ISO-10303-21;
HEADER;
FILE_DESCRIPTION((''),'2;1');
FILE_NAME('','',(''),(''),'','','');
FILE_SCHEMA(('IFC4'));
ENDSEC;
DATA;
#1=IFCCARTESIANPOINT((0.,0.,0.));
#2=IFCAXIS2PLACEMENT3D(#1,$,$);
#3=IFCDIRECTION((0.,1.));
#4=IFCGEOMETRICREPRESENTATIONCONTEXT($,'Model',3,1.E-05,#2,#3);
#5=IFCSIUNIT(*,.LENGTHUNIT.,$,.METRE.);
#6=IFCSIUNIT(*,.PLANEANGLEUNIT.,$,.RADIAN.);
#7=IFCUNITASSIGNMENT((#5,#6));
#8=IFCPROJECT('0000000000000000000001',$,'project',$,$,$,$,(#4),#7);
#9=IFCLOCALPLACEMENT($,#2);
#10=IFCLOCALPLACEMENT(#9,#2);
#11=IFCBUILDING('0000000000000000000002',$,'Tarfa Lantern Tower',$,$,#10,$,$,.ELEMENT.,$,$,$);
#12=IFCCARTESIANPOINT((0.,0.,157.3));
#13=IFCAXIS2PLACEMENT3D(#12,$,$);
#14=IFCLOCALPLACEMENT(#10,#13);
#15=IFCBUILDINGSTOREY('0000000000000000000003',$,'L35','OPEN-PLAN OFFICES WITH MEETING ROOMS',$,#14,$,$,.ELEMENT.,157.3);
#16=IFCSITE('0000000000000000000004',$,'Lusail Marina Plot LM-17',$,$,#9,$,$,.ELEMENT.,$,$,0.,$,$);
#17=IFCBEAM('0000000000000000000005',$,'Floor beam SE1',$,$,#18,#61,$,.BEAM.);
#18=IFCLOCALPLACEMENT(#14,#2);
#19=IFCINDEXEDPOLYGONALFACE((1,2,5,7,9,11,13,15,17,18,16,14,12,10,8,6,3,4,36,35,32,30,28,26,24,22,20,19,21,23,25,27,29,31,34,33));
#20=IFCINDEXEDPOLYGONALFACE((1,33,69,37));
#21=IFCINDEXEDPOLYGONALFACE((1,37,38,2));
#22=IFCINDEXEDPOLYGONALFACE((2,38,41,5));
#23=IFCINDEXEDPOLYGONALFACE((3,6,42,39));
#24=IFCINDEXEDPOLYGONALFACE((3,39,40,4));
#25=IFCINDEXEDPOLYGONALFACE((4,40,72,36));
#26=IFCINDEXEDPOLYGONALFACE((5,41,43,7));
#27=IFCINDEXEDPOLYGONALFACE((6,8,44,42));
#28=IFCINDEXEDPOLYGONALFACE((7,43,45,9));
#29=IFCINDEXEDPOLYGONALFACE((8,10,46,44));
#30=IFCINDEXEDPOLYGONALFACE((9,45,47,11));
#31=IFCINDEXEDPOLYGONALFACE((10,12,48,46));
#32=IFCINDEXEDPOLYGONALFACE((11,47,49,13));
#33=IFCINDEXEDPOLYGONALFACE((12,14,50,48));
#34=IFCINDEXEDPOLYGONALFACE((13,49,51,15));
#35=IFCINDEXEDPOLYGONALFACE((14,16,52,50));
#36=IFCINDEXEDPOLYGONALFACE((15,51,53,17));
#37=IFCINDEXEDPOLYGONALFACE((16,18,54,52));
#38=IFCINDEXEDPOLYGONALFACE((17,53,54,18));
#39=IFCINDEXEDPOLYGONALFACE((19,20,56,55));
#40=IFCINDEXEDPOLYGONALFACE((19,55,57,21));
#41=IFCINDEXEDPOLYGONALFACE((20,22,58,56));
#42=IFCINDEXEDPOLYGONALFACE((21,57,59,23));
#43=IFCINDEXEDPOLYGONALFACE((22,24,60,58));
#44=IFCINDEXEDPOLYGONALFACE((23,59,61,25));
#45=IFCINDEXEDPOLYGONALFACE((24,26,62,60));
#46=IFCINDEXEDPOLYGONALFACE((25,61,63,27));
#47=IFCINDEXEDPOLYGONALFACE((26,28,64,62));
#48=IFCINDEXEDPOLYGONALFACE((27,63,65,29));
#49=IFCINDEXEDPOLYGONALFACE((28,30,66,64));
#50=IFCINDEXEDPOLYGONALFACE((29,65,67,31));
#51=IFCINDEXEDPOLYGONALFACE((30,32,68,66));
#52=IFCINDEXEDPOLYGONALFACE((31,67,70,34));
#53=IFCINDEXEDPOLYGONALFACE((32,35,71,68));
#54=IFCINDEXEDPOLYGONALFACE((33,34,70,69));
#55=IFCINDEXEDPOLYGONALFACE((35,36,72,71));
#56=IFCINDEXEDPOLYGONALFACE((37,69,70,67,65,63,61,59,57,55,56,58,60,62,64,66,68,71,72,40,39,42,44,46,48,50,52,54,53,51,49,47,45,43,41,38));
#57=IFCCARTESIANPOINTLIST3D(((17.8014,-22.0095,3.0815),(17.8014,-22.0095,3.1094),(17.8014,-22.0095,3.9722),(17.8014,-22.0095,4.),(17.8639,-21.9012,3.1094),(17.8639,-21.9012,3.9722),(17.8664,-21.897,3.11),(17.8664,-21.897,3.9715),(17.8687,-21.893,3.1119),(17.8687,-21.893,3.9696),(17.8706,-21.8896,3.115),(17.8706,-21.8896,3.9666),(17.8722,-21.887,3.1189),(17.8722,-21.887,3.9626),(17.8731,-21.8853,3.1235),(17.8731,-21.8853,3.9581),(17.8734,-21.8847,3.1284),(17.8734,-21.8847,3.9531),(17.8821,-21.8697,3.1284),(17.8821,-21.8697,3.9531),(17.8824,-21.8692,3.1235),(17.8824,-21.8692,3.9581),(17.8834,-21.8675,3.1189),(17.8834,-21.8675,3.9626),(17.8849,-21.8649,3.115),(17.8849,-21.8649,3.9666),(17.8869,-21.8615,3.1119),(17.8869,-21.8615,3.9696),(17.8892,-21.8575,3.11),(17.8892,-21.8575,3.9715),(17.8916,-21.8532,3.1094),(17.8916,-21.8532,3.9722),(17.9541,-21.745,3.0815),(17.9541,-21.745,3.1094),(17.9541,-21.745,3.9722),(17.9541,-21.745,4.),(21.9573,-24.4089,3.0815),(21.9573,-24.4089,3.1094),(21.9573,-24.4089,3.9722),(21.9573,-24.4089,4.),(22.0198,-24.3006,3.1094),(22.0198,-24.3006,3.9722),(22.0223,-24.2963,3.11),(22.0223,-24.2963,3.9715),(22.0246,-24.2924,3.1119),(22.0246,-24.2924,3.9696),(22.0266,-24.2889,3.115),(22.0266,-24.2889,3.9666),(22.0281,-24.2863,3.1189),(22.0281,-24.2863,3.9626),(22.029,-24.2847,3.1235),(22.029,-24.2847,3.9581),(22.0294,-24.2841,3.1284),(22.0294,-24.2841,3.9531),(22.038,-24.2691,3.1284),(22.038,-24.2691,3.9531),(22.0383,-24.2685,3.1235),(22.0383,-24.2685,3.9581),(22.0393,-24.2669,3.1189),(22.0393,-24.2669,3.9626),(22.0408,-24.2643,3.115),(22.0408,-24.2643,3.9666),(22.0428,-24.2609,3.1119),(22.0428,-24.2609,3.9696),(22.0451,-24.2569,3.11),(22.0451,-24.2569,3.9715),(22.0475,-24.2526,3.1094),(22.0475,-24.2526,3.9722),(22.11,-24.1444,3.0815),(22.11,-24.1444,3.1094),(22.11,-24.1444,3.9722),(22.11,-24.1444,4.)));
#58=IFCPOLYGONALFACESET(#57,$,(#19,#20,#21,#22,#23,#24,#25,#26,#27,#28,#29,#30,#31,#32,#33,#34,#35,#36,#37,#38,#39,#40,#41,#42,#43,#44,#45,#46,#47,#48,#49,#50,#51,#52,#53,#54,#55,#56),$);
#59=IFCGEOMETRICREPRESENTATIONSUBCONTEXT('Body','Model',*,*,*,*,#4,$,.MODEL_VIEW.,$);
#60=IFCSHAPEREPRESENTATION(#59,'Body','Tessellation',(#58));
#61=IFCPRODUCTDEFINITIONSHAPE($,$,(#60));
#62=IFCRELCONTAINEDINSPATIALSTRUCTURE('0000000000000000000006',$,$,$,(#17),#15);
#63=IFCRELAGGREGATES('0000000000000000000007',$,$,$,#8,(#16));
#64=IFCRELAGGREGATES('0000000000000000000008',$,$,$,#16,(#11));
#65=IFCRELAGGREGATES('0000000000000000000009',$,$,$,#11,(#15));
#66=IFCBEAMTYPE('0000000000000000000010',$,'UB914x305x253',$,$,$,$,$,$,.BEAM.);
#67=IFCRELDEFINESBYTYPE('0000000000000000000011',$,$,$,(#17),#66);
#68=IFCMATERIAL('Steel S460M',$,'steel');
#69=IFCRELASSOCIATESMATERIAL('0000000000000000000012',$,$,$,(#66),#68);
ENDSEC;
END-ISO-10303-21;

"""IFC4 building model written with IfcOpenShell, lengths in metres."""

from ifc_helpers import new_model, si_unit, direction, frame, origin, origin_2d, place, context, subcontext, project, spatial, i_section, extrude, material, material_profile, profile_set, type_object, element, save


model = new_model("IFC4")

# Units and contexts
model_context = context("Model", 3, precision=1e-05, world=origin(), true_north=direction((0.0, 1.0)))
body_context = subcontext(model_context, "Body", "Model", "MODEL_VIEW")
ifc_project = project(units=[si_unit("LENGTHUNIT", "METRE"), si_unit("PLANEANGLEUNIT", "RADIAN")], contexts=[model_context])

# Site, building, storey
site_placement = place(None, origin())
site = spatial("IfcSite", under=ifc_project, at=site_placement, Name="Lusail Marina Plot LM-17", CompositionType="ELEMENT", RefElevation=0.0)
building_placement = place(site_placement, origin())
building = spatial("IfcBuilding", under=site, at=building_placement, Name="Tarfa Lantern Tower", CompositionType="ELEMENT")
storey_placement = place(building_placement, frame((0.0, 0.0, 157.3)))
storey = spatial("IfcBuildingStorey", under=building, at=storey_placement, Name="L35", Description="OPEN-PLAN OFFICES WITH MEETING ROOMS", CompositionType="ELEMENT", Elevation=157.3)

# Beam
ifc_material_1 = material(Name="Steel S460M", Category="steel")
ifc_material_profile_1 = material_profile(ifc_material_1, i_section(OverallWidth=0.3054, OverallDepth=0.9185, WebThickness=0.0173, FlangeThickness=0.0278, FilletRadius=0.019, at=origin_2d()), Name="UB914x305x253")
ifc_profile_set_1 = profile_set([ifc_material_profile_1], Name="Steel S460M")
beam_type_1 = type_object("IfcBeamType", Name="UB914x305x253", PredefinedType="BEAM", material=ifc_profile_set_1)
beam_1_placement = place(storey_placement, frame((22.0337, -24.2766, 3.5408), z_axis=(-0.866031, 0.499991, 0.0), x_axis=(-0.499991, -0.866031, 0.0)))
element("IfcBeam", 1, at=beam_1_placement, inside=storey, type_object=beam_type_1, Name="Floor beam SE1", PredefinedType="BEAM", context=body_context, shape_type="SweptSolid", body=[
    extrude(i_section(OverallWidth=0.3054, OverallDepth=0.9185, WebThickness=0.0173, FlangeThickness=0.0278, FilletRadius=0.019, at=origin_2d()), origin(), (0.0, 0.0, 1.0), 4.7988),
])

save(model, "model.ifc")
